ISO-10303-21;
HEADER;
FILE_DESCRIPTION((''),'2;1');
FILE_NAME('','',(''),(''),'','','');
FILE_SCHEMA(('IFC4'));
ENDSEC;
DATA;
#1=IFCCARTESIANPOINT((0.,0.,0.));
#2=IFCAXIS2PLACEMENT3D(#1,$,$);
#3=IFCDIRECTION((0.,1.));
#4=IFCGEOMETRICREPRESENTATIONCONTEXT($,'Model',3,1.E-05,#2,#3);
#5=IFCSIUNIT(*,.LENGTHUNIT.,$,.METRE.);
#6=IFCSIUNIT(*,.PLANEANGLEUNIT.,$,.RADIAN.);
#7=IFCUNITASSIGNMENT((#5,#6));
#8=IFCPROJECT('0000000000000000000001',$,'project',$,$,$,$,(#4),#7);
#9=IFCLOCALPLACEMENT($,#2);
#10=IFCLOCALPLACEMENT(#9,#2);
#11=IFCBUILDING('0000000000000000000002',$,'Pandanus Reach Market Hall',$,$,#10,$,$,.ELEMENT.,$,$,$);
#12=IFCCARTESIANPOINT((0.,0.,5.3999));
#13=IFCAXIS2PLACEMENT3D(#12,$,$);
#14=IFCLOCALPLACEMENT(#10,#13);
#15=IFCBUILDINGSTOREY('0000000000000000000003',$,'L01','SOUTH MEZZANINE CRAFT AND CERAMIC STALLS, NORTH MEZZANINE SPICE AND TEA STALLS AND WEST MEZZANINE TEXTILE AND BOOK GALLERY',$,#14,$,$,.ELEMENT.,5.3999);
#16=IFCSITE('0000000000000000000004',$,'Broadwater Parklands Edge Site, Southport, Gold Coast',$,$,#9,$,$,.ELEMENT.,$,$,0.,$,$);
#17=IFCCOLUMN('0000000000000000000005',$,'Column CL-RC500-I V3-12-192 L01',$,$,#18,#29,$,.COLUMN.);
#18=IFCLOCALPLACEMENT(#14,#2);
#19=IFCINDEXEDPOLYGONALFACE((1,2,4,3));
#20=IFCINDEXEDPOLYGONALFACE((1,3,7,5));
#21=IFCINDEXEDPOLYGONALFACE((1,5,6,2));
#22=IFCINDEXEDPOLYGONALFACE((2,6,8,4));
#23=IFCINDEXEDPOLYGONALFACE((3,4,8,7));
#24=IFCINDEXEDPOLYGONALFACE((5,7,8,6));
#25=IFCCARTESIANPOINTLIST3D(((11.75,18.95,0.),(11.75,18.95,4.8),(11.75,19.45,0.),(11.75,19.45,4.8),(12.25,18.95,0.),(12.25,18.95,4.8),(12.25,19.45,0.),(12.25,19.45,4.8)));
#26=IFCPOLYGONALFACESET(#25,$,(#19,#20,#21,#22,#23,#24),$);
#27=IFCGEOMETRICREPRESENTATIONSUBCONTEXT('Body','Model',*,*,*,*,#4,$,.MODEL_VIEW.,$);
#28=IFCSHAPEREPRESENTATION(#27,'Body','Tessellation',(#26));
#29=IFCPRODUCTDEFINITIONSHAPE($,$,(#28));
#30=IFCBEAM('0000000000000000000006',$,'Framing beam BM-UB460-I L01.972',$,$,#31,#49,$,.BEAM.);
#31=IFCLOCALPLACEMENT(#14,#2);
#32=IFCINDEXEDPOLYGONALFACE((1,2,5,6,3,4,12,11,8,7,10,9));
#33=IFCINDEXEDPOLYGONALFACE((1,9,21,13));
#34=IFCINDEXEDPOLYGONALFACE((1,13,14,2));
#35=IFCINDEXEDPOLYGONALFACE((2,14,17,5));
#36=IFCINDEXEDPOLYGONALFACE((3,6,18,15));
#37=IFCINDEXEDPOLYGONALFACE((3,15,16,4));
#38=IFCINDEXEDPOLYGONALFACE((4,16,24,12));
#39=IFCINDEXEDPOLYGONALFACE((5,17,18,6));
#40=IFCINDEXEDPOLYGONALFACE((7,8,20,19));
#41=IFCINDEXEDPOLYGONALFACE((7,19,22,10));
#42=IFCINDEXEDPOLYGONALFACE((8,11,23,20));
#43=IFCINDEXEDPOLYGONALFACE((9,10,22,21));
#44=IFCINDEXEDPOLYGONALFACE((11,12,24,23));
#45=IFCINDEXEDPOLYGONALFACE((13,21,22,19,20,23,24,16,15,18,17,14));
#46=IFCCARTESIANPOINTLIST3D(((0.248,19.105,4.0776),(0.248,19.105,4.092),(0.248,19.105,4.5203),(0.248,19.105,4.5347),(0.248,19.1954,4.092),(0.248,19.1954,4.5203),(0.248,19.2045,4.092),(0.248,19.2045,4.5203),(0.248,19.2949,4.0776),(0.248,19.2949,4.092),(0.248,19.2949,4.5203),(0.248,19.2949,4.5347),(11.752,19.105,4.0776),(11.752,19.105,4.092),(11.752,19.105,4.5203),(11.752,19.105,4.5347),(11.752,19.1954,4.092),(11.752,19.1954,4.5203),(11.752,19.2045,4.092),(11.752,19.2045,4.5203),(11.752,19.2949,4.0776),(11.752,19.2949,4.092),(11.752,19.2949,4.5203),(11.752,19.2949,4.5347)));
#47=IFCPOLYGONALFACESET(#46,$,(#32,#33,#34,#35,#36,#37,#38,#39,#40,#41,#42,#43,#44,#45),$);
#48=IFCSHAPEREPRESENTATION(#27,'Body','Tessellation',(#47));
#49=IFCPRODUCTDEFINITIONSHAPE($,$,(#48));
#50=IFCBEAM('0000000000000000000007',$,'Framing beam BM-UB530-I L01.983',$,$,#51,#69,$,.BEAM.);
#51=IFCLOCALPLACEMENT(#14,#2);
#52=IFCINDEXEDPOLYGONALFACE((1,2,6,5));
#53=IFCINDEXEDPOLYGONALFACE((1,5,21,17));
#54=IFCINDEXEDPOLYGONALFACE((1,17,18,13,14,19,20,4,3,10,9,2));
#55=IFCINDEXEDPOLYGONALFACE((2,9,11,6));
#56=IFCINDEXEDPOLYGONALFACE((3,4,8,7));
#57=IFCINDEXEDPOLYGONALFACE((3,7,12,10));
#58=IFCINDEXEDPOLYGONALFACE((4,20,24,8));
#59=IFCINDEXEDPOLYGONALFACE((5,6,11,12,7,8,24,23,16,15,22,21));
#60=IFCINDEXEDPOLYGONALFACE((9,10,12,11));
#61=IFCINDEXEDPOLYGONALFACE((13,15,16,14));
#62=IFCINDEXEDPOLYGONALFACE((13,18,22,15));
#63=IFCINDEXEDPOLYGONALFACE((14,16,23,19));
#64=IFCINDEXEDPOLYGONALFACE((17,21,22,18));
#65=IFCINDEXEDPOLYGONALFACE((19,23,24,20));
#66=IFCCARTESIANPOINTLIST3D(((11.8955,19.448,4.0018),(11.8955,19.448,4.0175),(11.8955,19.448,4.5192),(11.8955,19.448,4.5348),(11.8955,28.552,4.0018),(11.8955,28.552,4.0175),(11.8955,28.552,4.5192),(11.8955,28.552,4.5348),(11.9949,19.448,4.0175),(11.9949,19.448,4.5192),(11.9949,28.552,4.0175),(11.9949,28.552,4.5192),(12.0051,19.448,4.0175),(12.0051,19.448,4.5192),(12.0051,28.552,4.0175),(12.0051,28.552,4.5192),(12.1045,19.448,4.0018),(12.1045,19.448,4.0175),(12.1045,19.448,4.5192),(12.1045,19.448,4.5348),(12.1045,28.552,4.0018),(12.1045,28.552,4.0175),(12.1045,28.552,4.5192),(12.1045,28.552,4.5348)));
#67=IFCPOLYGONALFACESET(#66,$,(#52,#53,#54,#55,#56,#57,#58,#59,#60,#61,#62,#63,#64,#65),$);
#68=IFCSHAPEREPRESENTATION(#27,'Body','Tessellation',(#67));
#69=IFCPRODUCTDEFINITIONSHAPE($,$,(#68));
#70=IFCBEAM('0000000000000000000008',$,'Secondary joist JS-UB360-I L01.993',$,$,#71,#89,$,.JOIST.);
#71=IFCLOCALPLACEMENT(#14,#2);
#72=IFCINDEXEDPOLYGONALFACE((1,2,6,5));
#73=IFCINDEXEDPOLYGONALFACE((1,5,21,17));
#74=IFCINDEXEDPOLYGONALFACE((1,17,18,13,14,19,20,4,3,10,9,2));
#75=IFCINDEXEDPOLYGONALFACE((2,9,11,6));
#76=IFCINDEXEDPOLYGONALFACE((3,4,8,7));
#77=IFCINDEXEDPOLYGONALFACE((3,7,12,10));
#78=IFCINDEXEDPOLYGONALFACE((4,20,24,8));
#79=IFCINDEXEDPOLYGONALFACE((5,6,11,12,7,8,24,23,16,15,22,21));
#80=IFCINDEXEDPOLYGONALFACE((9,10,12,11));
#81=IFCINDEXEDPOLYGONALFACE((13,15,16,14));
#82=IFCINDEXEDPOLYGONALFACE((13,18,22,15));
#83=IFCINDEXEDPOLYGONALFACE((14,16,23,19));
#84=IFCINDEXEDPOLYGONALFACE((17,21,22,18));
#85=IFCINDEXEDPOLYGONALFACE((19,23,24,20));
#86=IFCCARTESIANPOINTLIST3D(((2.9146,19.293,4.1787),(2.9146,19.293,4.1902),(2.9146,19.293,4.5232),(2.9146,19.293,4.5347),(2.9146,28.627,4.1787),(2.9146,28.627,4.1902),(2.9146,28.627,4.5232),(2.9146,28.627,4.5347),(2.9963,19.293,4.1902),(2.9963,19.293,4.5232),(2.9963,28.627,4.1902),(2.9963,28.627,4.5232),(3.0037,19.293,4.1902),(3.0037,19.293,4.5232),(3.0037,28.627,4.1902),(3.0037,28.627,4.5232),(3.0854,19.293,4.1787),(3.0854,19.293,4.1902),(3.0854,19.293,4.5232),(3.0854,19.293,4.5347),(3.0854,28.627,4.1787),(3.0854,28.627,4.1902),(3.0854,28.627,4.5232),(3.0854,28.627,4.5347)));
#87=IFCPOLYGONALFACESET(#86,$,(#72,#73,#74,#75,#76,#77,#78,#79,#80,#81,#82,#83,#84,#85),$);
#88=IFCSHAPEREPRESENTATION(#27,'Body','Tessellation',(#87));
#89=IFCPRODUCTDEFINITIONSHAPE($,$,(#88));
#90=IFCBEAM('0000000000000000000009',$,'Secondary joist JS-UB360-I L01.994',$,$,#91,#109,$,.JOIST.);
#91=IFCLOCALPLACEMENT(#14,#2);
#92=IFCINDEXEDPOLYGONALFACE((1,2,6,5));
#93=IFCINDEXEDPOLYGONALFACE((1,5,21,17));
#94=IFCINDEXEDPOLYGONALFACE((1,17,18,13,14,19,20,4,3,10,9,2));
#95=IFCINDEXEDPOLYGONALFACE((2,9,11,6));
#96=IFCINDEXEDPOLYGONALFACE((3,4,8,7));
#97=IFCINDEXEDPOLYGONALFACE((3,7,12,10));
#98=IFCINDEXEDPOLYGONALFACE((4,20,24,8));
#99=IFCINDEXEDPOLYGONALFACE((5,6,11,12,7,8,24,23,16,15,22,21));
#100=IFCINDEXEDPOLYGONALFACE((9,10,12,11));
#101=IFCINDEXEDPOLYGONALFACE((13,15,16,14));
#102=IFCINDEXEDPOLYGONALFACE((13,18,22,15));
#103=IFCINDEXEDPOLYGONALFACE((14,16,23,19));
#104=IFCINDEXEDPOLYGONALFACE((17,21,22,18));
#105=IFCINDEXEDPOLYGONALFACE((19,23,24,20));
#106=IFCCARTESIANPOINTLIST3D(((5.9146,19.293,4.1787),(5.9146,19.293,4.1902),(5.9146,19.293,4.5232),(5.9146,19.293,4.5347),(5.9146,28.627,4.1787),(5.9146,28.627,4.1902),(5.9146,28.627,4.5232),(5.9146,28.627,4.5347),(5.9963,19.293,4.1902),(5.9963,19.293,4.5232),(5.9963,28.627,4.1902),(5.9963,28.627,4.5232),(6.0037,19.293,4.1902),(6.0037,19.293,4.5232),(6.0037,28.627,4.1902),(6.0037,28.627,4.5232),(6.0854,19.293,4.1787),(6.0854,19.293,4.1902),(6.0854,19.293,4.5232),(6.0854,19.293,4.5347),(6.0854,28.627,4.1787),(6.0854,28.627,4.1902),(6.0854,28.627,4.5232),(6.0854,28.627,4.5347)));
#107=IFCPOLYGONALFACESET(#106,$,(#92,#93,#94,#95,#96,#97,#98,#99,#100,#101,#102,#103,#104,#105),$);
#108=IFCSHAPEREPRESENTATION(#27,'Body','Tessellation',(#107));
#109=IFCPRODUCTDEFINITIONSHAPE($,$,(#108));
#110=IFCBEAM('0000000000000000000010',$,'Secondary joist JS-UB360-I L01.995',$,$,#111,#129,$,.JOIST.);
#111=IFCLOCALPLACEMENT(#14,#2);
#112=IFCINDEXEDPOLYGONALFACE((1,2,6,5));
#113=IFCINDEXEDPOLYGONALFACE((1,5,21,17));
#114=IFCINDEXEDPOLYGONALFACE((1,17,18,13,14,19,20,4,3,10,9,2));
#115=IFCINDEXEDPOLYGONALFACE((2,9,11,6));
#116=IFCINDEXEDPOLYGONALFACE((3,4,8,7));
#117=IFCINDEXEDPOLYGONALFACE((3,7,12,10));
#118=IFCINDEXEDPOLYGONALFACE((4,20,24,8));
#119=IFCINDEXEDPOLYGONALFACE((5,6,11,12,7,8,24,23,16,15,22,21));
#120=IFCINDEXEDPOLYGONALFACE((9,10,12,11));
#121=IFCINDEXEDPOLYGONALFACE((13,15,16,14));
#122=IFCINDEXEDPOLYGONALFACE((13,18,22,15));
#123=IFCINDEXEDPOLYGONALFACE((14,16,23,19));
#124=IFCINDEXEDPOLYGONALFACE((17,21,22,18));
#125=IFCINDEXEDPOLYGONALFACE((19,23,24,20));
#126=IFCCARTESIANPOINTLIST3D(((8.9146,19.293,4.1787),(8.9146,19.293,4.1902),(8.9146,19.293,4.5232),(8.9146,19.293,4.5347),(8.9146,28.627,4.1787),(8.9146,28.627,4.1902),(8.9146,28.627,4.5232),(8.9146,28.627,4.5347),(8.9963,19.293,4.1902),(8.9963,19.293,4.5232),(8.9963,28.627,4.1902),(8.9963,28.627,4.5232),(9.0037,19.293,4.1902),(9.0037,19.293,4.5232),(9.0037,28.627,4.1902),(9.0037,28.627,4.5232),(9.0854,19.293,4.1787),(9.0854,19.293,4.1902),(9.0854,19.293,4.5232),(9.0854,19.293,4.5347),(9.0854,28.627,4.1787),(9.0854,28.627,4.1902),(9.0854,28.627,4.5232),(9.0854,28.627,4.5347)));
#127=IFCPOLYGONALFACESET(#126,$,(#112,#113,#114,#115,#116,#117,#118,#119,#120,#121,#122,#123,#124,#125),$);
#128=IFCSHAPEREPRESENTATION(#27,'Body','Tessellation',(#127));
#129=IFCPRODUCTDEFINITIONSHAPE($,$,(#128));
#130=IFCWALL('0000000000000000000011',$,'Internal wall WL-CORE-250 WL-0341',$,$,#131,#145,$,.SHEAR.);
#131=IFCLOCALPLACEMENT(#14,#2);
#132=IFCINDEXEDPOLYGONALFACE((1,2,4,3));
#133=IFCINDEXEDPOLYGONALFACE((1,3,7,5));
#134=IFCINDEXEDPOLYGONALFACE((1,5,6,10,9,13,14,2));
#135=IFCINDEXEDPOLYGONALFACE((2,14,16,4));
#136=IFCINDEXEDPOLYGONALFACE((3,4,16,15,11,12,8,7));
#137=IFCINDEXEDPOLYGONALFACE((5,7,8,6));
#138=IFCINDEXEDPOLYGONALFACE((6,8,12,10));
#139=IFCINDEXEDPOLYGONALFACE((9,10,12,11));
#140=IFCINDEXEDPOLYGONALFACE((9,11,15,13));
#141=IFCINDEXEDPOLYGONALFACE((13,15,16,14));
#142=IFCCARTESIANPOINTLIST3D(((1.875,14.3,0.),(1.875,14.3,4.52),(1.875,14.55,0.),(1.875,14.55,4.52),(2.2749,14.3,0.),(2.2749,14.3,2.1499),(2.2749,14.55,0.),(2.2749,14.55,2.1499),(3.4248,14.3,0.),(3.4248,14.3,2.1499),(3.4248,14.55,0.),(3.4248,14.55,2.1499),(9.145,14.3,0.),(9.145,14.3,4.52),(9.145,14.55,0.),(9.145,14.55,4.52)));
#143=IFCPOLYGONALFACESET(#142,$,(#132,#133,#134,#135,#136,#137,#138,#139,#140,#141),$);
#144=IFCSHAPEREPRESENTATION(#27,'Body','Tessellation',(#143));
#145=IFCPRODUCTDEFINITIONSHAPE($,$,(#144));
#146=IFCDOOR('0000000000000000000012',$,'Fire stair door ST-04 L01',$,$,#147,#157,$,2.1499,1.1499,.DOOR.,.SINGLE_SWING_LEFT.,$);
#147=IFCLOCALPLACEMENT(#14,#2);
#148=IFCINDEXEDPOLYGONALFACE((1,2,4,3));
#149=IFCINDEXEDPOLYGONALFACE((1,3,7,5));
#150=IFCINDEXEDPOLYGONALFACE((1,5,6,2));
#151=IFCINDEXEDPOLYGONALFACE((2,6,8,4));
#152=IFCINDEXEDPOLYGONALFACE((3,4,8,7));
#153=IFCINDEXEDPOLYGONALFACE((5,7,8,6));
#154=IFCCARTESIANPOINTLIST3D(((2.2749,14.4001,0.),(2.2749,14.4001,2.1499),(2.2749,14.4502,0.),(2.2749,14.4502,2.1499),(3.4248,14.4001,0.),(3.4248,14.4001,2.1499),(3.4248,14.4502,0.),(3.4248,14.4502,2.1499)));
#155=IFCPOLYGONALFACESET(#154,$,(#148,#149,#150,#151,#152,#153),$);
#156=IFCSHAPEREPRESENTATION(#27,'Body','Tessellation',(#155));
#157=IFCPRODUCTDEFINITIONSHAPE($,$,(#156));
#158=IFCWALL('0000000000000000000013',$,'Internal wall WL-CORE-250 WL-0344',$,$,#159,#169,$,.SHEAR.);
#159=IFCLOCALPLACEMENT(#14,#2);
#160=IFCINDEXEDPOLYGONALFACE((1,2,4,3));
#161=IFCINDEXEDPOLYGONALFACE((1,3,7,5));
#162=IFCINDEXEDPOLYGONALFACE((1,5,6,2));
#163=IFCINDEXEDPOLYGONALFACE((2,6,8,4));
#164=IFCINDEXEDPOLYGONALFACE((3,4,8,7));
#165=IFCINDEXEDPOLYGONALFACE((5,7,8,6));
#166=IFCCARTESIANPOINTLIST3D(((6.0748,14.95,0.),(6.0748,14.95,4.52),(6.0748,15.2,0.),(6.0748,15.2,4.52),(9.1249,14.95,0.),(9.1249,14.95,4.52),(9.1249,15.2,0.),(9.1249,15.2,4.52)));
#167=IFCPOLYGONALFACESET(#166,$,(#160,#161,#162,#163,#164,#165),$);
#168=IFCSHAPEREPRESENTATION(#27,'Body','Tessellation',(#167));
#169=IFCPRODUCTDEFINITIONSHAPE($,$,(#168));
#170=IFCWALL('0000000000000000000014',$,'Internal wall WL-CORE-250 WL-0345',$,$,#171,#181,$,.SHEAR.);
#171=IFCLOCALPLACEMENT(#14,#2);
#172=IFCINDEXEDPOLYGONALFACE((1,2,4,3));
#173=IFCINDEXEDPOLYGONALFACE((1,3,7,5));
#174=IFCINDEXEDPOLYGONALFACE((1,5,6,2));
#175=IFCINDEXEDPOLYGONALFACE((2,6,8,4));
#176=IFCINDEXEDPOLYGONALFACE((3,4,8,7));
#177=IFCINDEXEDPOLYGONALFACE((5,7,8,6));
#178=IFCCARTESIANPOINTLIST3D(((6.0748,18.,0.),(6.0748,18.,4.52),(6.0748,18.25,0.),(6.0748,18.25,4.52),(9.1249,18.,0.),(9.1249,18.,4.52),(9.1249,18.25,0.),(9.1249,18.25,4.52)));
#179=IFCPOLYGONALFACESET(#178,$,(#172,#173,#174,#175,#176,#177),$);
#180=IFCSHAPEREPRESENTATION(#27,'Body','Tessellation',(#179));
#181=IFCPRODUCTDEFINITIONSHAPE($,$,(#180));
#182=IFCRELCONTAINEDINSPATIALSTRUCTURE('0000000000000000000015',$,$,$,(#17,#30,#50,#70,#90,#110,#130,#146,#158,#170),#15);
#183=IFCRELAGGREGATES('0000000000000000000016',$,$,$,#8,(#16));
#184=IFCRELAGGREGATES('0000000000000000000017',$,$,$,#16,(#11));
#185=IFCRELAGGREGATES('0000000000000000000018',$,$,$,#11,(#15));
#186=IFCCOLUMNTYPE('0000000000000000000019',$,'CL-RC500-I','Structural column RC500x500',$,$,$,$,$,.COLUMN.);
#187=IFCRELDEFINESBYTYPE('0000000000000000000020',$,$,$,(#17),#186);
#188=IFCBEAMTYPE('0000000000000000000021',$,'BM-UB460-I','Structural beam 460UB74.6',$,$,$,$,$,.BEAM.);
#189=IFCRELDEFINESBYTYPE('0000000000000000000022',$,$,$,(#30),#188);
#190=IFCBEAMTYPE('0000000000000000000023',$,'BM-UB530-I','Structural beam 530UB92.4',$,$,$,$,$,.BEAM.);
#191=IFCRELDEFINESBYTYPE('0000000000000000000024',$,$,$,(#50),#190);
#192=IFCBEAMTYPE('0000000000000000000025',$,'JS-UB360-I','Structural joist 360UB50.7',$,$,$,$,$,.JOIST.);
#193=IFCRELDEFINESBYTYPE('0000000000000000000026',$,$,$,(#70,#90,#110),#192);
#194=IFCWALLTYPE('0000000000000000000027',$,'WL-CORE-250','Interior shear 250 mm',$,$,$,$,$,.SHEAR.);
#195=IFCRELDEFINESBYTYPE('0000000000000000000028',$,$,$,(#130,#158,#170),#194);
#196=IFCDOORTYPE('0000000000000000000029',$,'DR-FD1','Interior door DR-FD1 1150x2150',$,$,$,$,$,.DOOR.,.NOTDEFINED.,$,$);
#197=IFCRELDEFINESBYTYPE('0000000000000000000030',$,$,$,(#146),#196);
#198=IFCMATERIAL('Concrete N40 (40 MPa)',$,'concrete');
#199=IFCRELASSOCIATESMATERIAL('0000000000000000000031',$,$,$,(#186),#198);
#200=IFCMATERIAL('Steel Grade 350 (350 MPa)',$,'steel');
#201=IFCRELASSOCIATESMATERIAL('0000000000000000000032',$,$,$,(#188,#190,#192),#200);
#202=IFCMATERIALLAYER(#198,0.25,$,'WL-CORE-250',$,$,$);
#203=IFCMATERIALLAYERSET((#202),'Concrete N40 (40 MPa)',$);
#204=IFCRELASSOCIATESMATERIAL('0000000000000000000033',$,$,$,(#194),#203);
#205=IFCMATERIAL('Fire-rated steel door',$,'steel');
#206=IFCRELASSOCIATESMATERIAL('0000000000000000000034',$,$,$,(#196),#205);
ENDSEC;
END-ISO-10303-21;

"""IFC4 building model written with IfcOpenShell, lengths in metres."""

from ifc_helpers import new_model, si_unit, direction, frame, frame_2d, origin, origin_2d, place, context, subcontext, project, spatial, rectangle, i_section, extrude, material, layer, layer_set, material_profile, profile_set, type_object, element, fill, save


model = new_model("IFC4")

# Units and contexts
model_context = context("Model", 3, precision=1e-05, world=origin(), true_north=direction((0.0, 1.0)))
body_context = subcontext(model_context, "Body", "Model", "MODEL_VIEW")
ifc_project = project(units=[si_unit("LENGTHUNIT", "METRE"), si_unit("PLANEANGLEUNIT", "RADIAN")], contexts=[model_context])

# Site, building, storey
site_placement = place(None, origin())
site = spatial("IfcSite", under=ifc_project, at=site_placement, Name="Broadwater Parklands Edge Site, Southport, Gold Coast", CompositionType="ELEMENT", RefElevation=0.0)
building_placement = place(site_placement, origin())
building = spatial("IfcBuilding", under=site, at=building_placement, Name="Pandanus Reach Market Hall", CompositionType="ELEMENT")
storey_placement = place(building_placement, frame((0.0, 0.0, 5.3999)))
storey = spatial("IfcBuildingStorey", under=building, at=storey_placement, Name="L01", Description="SOUTH MEZZANINE CRAFT AND CERAMIC STALLS, NORTH MEZZANINE SPICE AND TEA STALLS AND WEST MEZZANINE TEXTILE AND BOOK GALLERY", CompositionType="ELEMENT", Elevation=5.3999)

# Column
ifc_material_1 = material(Name="Concrete N40 (40 MPa)", Category="concrete")
ifc_material_profile_1 = material_profile(ifc_material_1, rectangle(XDim=0.5, YDim=0.5, at=origin_2d()), Name="RC500x500", Category="LoadBearing")
ifc_profile_set_1 = profile_set([ifc_material_profile_1], Name="Concrete N40 (40 MPa)")
column_type = type_object("IfcColumnType", Name="CL-RC500-I", Description="Structural column RC500x500", PredefinedType="COLUMN", material=ifc_profile_set_1)
column_placement = place(storey_placement, frame((12.0, 19.2, 0.0), z_axis=(0.0, 0.0, 1.0), x_axis=(1.0, 0.0, 0.0)))
element("IfcColumn", 1, at=column_placement, inside=storey, type_object=column_type, Name="Column CL-RC500-I V3-12-192 L01", PredefinedType="COLUMN", context=body_context, shape_type="SweptSolid", body=[
    extrude(rectangle(XDim=0.5, YDim=0.5, at=origin_2d()), origin(), (0.0, 0.0, 1.0), 4.8),
])

# Beams
ifc_material_2 = material(Name="Steel Grade 350 (350 MPa)", Category="steel")
ifc_material_profile_2 = material_profile(ifc_material_2, i_section(OverallWidth=0.1899, OverallDepth=0.457, WebThickness=0.009, FlangeThickness=0.0144, at=origin_2d()), Name="460UB74.6", Category="LoadBearing")
ifc_profile_set_2 = profile_set([ifc_material_profile_2], Name="Steel Grade 350 (350 MPa)")
beam_type_1 = type_object("IfcBeamType", Name="BM-UB460-I", Description="Structural beam 460UB74.6", PredefinedType="BEAM", material=ifc_profile_set_2)
beam_1_placement = place(storey_placement, frame((0.248, 19.2, 4.3062), z_axis=(1.0, 0.0, 0.0), x_axis=(0.0, 1.0, 0.0)))
element("IfcBeam", 2, at=beam_1_placement, inside=storey, type_object=beam_type_1, Name="Framing beam BM-UB460-I L01.972", PredefinedType="BEAM", context=body_context, shape_type="SweptSolid", body=[
    extrude(i_section(OverallWidth=0.1899, OverallDepth=0.457, WebThickness=0.009, FlangeThickness=0.0144, at=origin_2d()), origin(), (0.0, 0.0, 1.0), 11.5039),
])
ifc_material_profile_3 = material_profile(ifc_material_2, i_section(OverallWidth=0.209, OverallDepth=0.533, WebThickness=0.0103, FlangeThickness=0.0156, at=origin_2d()), Name="530UB92.4", Category="LoadBearing")
ifc_profile_set_3 = profile_set([ifc_material_profile_3], Name="Steel Grade 350 (350 MPa)")
beam_type_2 = type_object("IfcBeamType", Name="BM-UB530-I", Description="Structural beam 530UB92.4", PredefinedType="BEAM", material=ifc_profile_set_3)
beam_2_placement = place(storey_placement, frame((12.0, 19.448, 4.2683), z_axis=(0.0, 1.0, 0.0), x_axis=(-1.0, 0.0, 0.0)))
element("IfcBeam", 3, at=beam_2_placement, inside=storey, type_object=beam_type_2, Name="Framing beam BM-UB530-I L01.983", PredefinedType="BEAM", context=body_context, shape_type="SweptSolid", body=[
    extrude(i_section(OverallWidth=0.209, OverallDepth=0.533, WebThickness=0.0103, FlangeThickness=0.0156, at=origin_2d()), origin(), (0.0, 0.0, 1.0), 9.104),
])
ifc_material_profile_4 = material_profile(ifc_material_2, i_section(OverallWidth=0.1709, OverallDepth=0.356, WebThickness=0.0073, FlangeThickness=0.0115, at=origin_2d()), Name="360UB50.7", Category="LoadBearing")
ifc_profile_set_4 = profile_set([ifc_material_profile_4], Name="Steel Grade 350 (350 MPa)")
beam_type_3 = type_object("IfcBeamType", Name="JS-UB360-I", Description="Structural joist 360UB50.7", PredefinedType="JOIST", material=ifc_profile_set_4)
for number, where, z_axis, x_axis, name in (
    (4, (3.0, 19.293, 4.3567), (0.0, 1.0, 0.0), (-1.0, 0.0, 0.0), "Secondary joist JS-UB360-I L01.993"),
    (5, (6.0, 19.293, 4.3567), (0.0, 1.0, 0.0), (-1.0, 0.0, 0.0), "Secondary joist JS-UB360-I L01.994"),
    (6, (9.0, 19.293, 4.3567), (0.0, 1.0, 0.0), (-1.0, 0.0, 0.0), "Secondary joist JS-UB360-I L01.995"),
):
    element("IfcBeam", number, at=place(storey_placement, frame(where, z_axis=z_axis, x_axis=x_axis)), inside=storey, type_object=beam_type_3, Name=name, PredefinedType="JOIST", context=body_context, shape_type="SweptSolid", body=[
        extrude(i_section(OverallWidth=0.1709, OverallDepth=0.356, WebThickness=0.0073, FlangeThickness=0.0115, at=origin_2d()), origin(), (0.0, 0.0, 1.0), 9.334),
    ])

# Wall, opening, door
ifc_layer_1 = layer(ifc_material_1, 0.25, Name="WL-CORE-250")
ifc_layer_set_1 = layer_set([ifc_layer_1], Name="Concrete N40 (40 MPa)")
wall_type_1 = type_object("IfcWallType", Name="WL-CORE-250", Description="Interior shear 250 mm", PredefinedType="SHEAR", material=ifc_layer_set_1)
wall_1_placement = place(storey_placement, frame((1.875, 14.425, 0.0), z_axis=(0.0, 0.0, 1.0), x_axis=(1.0, 0.0, 0.0)))
wall_1 = element("IfcWall", 7, at=wall_1_placement, inside=storey, type_object=wall_type_1, Name="Internal wall WL-CORE-250 WL-0341", PredefinedType="SHEAR", context=body_context, shape_type="SweptSolid", body=[
    extrude(rectangle(XDim=7.27, YDim=0.25, at=frame_2d((3.635, 0.0))), origin(), (0.0, 0.0, 1.0), 4.52),
])
opening_1_placement = place(wall_1_placement, frame((0.3999, 0.0, 0.0)))
opening_1 = element("IfcOpeningElement", 8, at=opening_1_placement, cuts=wall_1, PredefinedType="OPENING", context=body_context, shape_type="SweptSolid", body=[
    extrude(rectangle(XDim=1.1499, YDim=2.1499, at=frame_2d((0.575, 1.075))), frame((0.0, 0.1399, 0.0), z_axis=(0.0, -1.0, 0.0), x_axis=(1.0, 0.0, 0.0)), (0.0, 0.0, 1.0), 0.28),
])
ifc_material_3 = material(Name="Fire-rated steel door", Category="steel")
door_type_1 = type_object("IfcDoorType", Name="DR-FD1", Description="Interior door DR-FD1 1150x2150", OperationType="NOTDEFINED", PredefinedType="DOOR", material=ifc_material_3)
door_1_placement = place(opening_1_placement, frame((1.1499, 0.0, 0.0), z_axis=(0.0, 0.0, 1.0), x_axis=(-1.0, 0.0, 0.0)))
door_1 = element("IfcDoor", 9, at=door_1_placement, inside=storey, type_object=door_type_1, Name="Fire stair door ST-04 L01", OperationType="SINGLE_SWING_LEFT", OverallHeight=2.1499, OverallWidth=1.1499, PredefinedType="DOOR", context=body_context, shape_type="SweptSolid", body=[
    extrude(rectangle(XDim=1.1499, YDim=2.1499, at=frame_2d((0.575, 1.075))), frame((0.0, 0.0249, 0.0), z_axis=(0.0, -1.0, 0.0), x_axis=(1.0, 0.0, 0.0)), (0.0, 0.0, 1.0), 0.05),
])
fill(opening_1, door_1)

# Walls
for number, where, z_axis, x_axis, name in (
    (10, (6.075, 15.075, 0.0), (0.0, 0.0, 1.0), (1.0, 0.0, 0.0), "Internal wall WL-CORE-250 WL-0344"),
    (11, (6.075, 18.125, 0.0), (0.0, 0.0, 1.0), (1.0, 0.0, 0.0), "Internal wall WL-CORE-250 WL-0345"),
):
    element("IfcWall", number, at=place(storey_placement, frame(where, z_axis=z_axis, x_axis=x_axis)), inside=storey, type_object=wall_type_1, Name=name, PredefinedType="SHEAR", context=body_context, shape_type="SweptSolid", body=[
        extrude(rectangle(XDim=3.05, YDim=0.25, at=frame_2d((1.5249, 0.0))), origin(), (0.0, 0.0, 1.0), 4.52),
    ])

save(model, "model.ifc")
